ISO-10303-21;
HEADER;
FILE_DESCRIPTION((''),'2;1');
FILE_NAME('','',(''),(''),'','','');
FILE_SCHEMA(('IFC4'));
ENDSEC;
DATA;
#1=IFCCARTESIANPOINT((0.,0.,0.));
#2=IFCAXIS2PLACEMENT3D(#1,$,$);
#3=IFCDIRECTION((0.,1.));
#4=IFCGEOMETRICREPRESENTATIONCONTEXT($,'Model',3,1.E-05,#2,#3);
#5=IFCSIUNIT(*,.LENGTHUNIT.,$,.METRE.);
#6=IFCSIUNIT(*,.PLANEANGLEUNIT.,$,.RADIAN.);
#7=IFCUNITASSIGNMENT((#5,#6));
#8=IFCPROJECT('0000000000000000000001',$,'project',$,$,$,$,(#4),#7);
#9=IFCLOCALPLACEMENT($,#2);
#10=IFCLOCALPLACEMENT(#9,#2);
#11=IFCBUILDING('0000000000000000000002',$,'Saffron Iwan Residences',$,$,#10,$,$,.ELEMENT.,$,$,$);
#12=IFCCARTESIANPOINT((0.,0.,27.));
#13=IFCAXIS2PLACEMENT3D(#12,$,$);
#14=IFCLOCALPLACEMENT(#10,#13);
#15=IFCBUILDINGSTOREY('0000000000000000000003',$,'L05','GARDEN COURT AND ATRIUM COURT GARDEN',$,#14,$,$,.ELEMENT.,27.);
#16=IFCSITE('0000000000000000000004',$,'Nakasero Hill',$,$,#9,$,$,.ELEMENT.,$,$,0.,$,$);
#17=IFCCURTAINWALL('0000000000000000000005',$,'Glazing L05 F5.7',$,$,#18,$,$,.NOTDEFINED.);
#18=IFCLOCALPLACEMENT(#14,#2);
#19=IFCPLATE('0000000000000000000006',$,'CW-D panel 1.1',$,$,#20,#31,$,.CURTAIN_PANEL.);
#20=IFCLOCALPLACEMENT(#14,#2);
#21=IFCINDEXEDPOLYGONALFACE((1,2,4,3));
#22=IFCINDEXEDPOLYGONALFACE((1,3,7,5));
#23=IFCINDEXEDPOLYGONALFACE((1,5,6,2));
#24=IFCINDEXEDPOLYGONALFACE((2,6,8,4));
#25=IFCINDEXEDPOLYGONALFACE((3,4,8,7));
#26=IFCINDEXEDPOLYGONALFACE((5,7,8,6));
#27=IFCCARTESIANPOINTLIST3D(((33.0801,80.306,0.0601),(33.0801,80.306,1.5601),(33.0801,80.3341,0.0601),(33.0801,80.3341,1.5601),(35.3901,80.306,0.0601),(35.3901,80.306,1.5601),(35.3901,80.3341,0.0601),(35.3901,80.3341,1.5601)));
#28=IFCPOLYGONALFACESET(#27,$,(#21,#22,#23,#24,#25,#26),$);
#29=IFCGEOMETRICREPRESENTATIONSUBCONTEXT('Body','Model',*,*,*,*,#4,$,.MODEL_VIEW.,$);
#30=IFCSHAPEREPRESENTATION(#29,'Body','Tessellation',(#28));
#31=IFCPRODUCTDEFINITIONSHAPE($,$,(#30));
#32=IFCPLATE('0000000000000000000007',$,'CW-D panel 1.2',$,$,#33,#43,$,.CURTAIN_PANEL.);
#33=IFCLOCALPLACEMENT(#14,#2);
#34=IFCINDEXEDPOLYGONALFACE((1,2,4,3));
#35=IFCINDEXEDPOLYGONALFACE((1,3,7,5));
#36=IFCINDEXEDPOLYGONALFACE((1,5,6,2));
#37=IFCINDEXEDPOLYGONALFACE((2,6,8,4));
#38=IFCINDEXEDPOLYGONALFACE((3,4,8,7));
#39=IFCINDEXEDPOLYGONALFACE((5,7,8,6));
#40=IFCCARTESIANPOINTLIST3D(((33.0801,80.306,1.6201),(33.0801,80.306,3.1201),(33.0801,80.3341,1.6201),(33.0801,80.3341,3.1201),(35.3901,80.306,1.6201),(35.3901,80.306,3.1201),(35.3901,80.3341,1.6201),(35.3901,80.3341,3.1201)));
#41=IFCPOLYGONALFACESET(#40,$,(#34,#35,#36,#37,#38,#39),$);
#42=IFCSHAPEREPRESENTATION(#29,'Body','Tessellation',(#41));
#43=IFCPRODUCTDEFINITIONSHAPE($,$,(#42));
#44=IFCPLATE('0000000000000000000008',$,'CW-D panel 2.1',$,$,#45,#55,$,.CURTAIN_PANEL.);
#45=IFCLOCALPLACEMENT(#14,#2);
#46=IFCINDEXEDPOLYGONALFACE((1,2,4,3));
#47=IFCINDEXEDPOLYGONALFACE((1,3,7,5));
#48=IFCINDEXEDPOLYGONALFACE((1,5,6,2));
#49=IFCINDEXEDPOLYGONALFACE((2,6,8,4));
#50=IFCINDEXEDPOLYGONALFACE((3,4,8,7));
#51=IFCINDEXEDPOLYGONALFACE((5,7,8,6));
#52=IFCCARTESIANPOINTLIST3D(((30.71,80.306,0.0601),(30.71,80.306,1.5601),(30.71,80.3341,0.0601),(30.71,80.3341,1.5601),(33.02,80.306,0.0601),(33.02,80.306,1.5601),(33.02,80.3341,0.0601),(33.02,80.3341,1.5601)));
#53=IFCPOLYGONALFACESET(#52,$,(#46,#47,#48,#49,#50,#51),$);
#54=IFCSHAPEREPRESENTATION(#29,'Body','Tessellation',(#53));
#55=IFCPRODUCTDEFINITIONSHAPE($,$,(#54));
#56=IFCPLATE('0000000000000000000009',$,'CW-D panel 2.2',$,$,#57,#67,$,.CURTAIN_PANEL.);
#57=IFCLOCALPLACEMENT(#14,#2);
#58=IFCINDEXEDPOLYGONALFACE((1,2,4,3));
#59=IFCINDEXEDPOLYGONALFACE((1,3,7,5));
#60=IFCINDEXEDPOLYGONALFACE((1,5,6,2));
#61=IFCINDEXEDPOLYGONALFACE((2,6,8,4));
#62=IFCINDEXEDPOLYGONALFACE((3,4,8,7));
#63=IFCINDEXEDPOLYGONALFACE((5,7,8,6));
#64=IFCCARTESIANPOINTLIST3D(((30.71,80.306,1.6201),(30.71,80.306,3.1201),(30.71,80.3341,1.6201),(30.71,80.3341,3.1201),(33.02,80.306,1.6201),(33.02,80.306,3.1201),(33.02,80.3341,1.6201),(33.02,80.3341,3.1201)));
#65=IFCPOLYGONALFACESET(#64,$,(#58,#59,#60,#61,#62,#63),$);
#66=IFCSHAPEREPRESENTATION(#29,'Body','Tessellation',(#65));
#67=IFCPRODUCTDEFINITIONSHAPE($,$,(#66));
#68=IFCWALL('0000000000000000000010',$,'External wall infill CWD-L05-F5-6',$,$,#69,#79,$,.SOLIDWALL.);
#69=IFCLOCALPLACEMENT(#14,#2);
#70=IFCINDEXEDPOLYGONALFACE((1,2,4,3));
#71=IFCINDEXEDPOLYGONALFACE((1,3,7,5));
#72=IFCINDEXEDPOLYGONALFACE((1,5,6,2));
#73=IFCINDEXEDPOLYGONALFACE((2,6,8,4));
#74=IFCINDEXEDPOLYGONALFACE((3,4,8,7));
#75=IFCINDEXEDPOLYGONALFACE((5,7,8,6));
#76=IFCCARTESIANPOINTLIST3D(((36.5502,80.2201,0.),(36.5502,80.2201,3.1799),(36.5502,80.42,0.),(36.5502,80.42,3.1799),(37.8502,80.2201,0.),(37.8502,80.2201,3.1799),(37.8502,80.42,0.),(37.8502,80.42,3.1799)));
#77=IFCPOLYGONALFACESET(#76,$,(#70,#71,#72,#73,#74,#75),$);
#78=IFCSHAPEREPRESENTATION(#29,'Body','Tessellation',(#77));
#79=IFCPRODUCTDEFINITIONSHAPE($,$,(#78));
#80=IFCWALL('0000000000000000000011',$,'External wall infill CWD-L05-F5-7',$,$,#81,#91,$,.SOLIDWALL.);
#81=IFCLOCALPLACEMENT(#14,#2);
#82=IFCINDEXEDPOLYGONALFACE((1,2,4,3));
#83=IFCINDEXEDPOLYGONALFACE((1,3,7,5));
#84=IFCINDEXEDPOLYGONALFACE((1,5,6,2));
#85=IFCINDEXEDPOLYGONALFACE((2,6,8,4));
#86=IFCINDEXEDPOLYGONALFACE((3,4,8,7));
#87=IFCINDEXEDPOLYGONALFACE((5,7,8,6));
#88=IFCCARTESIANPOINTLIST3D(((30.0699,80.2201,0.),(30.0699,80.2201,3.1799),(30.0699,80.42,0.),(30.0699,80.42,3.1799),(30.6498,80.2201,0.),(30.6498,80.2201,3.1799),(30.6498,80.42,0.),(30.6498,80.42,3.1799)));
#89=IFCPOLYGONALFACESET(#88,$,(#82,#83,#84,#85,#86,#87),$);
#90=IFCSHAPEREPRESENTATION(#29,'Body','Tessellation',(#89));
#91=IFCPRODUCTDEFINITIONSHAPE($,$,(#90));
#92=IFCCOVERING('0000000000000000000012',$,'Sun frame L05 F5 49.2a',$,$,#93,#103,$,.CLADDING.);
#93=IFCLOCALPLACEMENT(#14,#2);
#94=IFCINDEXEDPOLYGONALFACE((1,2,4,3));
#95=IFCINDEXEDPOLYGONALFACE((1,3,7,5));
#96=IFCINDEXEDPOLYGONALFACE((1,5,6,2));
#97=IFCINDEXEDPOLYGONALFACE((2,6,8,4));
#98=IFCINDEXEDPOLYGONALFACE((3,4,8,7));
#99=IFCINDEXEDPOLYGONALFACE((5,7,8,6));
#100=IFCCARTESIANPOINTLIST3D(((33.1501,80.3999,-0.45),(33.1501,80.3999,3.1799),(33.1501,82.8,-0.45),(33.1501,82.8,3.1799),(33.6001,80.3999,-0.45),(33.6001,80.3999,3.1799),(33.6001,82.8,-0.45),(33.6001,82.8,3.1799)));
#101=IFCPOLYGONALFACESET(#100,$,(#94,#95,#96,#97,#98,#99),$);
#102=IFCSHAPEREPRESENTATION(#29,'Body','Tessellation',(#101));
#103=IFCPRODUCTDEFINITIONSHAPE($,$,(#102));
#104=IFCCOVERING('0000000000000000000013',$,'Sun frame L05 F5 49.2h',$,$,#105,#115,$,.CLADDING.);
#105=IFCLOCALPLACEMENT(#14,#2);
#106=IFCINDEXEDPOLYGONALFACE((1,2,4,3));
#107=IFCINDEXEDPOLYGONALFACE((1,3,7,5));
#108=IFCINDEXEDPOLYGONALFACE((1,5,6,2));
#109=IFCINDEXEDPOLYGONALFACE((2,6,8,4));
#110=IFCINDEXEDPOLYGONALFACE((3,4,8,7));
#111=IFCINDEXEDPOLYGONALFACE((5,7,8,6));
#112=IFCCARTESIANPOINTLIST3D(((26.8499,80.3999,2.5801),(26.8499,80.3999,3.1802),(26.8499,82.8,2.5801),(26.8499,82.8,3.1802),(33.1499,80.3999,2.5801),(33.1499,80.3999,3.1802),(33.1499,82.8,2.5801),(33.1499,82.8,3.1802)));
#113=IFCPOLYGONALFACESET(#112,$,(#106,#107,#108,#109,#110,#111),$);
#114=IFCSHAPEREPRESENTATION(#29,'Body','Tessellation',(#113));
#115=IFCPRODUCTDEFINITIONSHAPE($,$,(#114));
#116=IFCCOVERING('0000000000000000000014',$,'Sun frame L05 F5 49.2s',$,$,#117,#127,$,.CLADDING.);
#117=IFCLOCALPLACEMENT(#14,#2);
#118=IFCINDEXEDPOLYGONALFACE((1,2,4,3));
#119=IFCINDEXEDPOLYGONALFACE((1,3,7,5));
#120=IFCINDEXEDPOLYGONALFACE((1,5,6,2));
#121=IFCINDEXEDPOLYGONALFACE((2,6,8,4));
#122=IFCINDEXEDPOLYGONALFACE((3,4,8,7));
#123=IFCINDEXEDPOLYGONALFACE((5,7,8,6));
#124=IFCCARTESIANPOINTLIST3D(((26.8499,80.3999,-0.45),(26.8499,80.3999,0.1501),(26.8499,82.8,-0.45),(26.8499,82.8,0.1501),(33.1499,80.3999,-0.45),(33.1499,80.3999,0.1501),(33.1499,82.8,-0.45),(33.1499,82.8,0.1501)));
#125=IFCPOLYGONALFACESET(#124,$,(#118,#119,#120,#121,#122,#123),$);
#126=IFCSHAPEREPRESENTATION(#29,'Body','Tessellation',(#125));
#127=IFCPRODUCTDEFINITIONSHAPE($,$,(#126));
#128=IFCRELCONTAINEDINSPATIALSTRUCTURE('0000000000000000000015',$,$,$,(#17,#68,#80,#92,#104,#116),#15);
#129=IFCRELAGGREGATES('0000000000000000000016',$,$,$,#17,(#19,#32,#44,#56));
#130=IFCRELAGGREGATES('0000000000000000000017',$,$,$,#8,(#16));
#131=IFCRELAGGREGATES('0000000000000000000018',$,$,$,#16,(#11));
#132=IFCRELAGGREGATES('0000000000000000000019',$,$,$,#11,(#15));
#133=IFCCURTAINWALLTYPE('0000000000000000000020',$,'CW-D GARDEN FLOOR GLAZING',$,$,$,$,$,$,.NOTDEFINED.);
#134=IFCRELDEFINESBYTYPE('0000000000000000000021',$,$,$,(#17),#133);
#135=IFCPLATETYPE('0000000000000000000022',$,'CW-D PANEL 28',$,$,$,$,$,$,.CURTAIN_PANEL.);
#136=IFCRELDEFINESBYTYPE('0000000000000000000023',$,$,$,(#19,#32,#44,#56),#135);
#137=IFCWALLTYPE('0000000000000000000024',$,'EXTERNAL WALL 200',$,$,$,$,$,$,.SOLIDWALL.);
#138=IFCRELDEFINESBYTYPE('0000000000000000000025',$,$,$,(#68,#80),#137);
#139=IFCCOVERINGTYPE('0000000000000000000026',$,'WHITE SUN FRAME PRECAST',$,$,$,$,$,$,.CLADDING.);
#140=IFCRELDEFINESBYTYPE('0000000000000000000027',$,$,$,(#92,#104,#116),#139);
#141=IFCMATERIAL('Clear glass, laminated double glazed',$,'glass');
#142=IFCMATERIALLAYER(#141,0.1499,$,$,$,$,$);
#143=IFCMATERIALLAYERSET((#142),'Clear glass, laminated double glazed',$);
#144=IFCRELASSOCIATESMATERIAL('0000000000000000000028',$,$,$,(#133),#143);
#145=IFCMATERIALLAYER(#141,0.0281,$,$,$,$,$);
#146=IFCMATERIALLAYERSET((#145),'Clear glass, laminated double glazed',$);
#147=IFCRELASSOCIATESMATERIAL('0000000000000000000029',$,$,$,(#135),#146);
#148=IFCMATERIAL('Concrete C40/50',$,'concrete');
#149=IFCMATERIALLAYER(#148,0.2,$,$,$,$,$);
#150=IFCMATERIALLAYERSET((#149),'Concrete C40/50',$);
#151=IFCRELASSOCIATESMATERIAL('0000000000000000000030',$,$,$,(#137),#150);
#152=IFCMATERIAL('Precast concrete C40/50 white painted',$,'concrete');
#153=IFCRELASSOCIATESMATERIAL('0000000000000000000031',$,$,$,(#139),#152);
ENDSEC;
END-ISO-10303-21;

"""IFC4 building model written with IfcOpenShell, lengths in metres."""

from ifc_helpers import new_model, si_unit, direction, frame, frame_2d, origin, origin_2d, place, context, subcontext, project, spatial, polyline, rectangle, outline, extrude, source, transform, mapped, material, layer, layer_set, type_object, element, aggregate, save


model = new_model("IFC4")

# Units and contexts
model_context = context("Model", 3, precision=1e-05, world=origin(), true_north=direction((0.0, 1.0)))
body_context = subcontext(model_context, "Body", "Model", "MODEL_VIEW")
ifc_project = project(units=[si_unit("LENGTHUNIT", "METRE"), si_unit("PLANEANGLEUNIT", "RADIAN")], contexts=[model_context])

# Site, building, storey
site_placement = place(None, origin())
site = spatial("IfcSite", under=ifc_project, at=site_placement, Name="Nakasero Hill", CompositionType="ELEMENT", RefElevation=0.0)
building_placement = place(site_placement, origin())
building = spatial("IfcBuilding", under=site, at=building_placement, Name="Saffron Iwan Residences", CompositionType="ELEMENT")
storey_placement = place(building_placement, frame((0.0, 0.0, 27.0)))
storey = spatial("IfcBuildingStorey", under=building, at=storey_placement, Name="L05", Description="GARDEN COURT AND ATRIUM COURT GARDEN", CompositionType="ELEMENT", Elevation=27.0)

# Shared definitions
ifc_material_1 = material(Name="Clear glass, laminated double glazed", Category="glass")
ifc_layer_1 = layer(ifc_material_1, 0.1499)
ifc_layer_set_1 = layer_set([ifc_layer_1], Name="Clear glass, laminated double glazed")
curtain_wall_type = type_object("IfcCurtainWallType", Name="CW-D GARDEN FLOOR GLAZING", PredefinedType="NOTDEFINED", material=ifc_layer_set_1)

# Curtain wall
curtain_wall_1_placement = place(storey_placement, origin())
curtain_wall_1 = element("IfcCurtainWall", 1, at=curtain_wall_1_placement, inside=storey, type_object=curtain_wall_type, Name="Glazing L05 F5.7", PredefinedType="NOTDEFINED")

# Plates
ifc_layer_2 = layer(ifc_material_1, 0.0281)
ifc_layer_set_2 = layer_set([ifc_layer_2], Name="Clear glass, laminated double glazed")
plate_type = type_object("IfcPlateType", Name="CW-D PANEL 28", PredefinedType="CURTAIN_PANEL", material=ifc_layer_set_2)
shared_shape_1 = source(origin(), body_context, "Body", "SweptSolid", [
    extrude(rectangle(XDim=2.3101, YDim=0.0281, at=origin_2d()), origin(), (0.0, 0.0, 1.0), 1.5),
])
plate_1_placement = place(storey_placement, frame((34.2351, 80.3201, 0.0601), z_axis=(0.0, 0.0, 1.0), x_axis=(-1.0, 0.0, 0.0)))
plate_1 = element("IfcPlate", 2, at=plate_1_placement, type_object=plate_type, Name="CW-D panel 1.1", PredefinedType="CURTAIN_PANEL", context=body_context, shape_type="MappedRepresentation", body=[
    mapped(shared_shape_1, transform((0.0, 0.0, 0.0))),
])
plate_2_placement = place(storey_placement, frame((34.2351, 80.3201, 1.6201), z_axis=(0.0, 0.0, 1.0), x_axis=(-1.0, 0.0, 0.0)))
plate_2 = element("IfcPlate", 3, at=plate_2_placement, type_object=plate_type, Name="CW-D panel 1.2", PredefinedType="CURTAIN_PANEL", context=body_context, shape_type="MappedRepresentation", body=[
    mapped(shared_shape_1, transform((0.0, 0.0, 0.0))),
])
plate_3_placement = place(storey_placement, frame((31.865, 80.3201, 0.0601), z_axis=(0.0, 0.0, 1.0), x_axis=(-1.0, 0.0, 0.0)))
plate_3 = element("IfcPlate", 4, at=plate_3_placement, type_object=plate_type, Name="CW-D panel 2.1", PredefinedType="CURTAIN_PANEL", context=body_context, shape_type="MappedRepresentation", body=[
    mapped(shared_shape_1, transform((0.0, 0.0, 0.0))),
])
plate_4_placement = place(storey_placement, frame((31.865, 80.3201, 1.6201), z_axis=(0.0, 0.0, 1.0), x_axis=(-1.0, 0.0, 0.0)))
plate_4 = element("IfcPlate", 5, at=plate_4_placement, type_object=plate_type, Name="CW-D panel 2.2", PredefinedType="CURTAIN_PANEL", context=body_context, shape_type="MappedRepresentation", body=[
    mapped(shared_shape_1, transform((0.0, 0.0, 0.0))),
])
aggregate(curtain_wall_1, [plate_1, plate_2, plate_3, plate_4])

# Walls
ifc_material_2 = material(Name="Concrete C40/50", Category="concrete")
ifc_layer_3 = layer(ifc_material_2, 0.2)
ifc_layer_set_3 = layer_set([ifc_layer_3], Name="Concrete C40/50")
wall_type = type_object("IfcWallType", Name="EXTERNAL WALL 200", PredefinedType="SOLIDWALL", material=ifc_layer_set_3)
wall_1_placement = place(storey_placement, frame((37.8501, 80.3201, 0.0), z_axis=(0.0, 0.0, 1.0), x_axis=(-1.0, 0.0, 0.0)))
element("IfcWall", 6, at=wall_1_placement, inside=storey, type_object=wall_type, Name="External wall infill CWD-L05-F5-6", PredefinedType="SOLIDWALL", context=body_context, shape_type="SweptSolid", body=[
    extrude(rectangle(XDim=1.3, YDim=0.2, at=frame_2d((0.6499, 0.0))), origin(), (0.0, 0.0, 1.0), 3.1799),
])
wall_2_placement = place(storey_placement, frame((30.6499, 80.3201, 0.0), z_axis=(0.0, 0.0, 1.0), x_axis=(-1.0, 0.0, 0.0)))
element("IfcWall", 7, at=wall_2_placement, inside=storey, type_object=wall_type, Name="External wall infill CWD-L05-F5-7", PredefinedType="SOLIDWALL", context=body_context, shape_type="SweptSolid", body=[
    extrude(rectangle(XDim=0.5798, YDim=0.2, at=frame_2d((0.29, 0.0))), origin(), (0.0, 0.0, 1.0), 3.1799),
])

# Coverings
ifc_material_3 = material(Name="Precast concrete C40/50 white painted", Category="concrete")
covering_type = type_object("IfcCoveringType", Name="WHITE SUN FRAME PRECAST", PredefinedType="CLADDING", material=ifc_material_3)
covering_placement = place(storey_placement, frame((33.6001, 80.3999, -0.45), z_axis=(0.0, 1.0, 0.0), x_axis=(-1.0, 0.0, 0.0)))
element("IfcCovering", 8, at=covering_placement, inside=storey, type_object=covering_type, Name="Sun frame L05 F5 49.2a", PredefinedType="CLADDING", context=body_context, shape_type="SweptSolid", body=[
    extrude(outline(polyline([(0.0, 0.0), (0.45, 0.0), (0.45, 3.6299), (0.0, 3.6299), (0.0, 0.0)])), origin(), (0.0, 0.0, 1.0), 2.4001),
])
for number, where, z_axis, x_axis, name in (
    (9, (33.1499, 80.3999, 2.5801), (0.0, 1.0, 0.0), (-1.0, 0.0, 0.0), "Sun frame L05 F5 49.2h"),
    (10, (33.1499, 80.3999, -0.45), (0.0, 1.0, 0.0), (-1.0, 0.0, 0.0), "Sun frame L05 F5 49.2s"),
):
    element("IfcCovering", number, at=place(storey_placement, frame(where, z_axis=z_axis, x_axis=x_axis)), inside=storey, type_object=covering_type, Name=name, PredefinedType="CLADDING", context=body_context, shape_type="SweptSolid", body=[
        extrude(outline(polyline([(0.0, 0.0), (6.3, 0.0), (6.3, 0.6001), (0.0, 0.6001), (0.0, 0.0)])), origin(), (0.0, 0.0, 1.0), 2.4001),
    ])

save(model, "model.ifc")
